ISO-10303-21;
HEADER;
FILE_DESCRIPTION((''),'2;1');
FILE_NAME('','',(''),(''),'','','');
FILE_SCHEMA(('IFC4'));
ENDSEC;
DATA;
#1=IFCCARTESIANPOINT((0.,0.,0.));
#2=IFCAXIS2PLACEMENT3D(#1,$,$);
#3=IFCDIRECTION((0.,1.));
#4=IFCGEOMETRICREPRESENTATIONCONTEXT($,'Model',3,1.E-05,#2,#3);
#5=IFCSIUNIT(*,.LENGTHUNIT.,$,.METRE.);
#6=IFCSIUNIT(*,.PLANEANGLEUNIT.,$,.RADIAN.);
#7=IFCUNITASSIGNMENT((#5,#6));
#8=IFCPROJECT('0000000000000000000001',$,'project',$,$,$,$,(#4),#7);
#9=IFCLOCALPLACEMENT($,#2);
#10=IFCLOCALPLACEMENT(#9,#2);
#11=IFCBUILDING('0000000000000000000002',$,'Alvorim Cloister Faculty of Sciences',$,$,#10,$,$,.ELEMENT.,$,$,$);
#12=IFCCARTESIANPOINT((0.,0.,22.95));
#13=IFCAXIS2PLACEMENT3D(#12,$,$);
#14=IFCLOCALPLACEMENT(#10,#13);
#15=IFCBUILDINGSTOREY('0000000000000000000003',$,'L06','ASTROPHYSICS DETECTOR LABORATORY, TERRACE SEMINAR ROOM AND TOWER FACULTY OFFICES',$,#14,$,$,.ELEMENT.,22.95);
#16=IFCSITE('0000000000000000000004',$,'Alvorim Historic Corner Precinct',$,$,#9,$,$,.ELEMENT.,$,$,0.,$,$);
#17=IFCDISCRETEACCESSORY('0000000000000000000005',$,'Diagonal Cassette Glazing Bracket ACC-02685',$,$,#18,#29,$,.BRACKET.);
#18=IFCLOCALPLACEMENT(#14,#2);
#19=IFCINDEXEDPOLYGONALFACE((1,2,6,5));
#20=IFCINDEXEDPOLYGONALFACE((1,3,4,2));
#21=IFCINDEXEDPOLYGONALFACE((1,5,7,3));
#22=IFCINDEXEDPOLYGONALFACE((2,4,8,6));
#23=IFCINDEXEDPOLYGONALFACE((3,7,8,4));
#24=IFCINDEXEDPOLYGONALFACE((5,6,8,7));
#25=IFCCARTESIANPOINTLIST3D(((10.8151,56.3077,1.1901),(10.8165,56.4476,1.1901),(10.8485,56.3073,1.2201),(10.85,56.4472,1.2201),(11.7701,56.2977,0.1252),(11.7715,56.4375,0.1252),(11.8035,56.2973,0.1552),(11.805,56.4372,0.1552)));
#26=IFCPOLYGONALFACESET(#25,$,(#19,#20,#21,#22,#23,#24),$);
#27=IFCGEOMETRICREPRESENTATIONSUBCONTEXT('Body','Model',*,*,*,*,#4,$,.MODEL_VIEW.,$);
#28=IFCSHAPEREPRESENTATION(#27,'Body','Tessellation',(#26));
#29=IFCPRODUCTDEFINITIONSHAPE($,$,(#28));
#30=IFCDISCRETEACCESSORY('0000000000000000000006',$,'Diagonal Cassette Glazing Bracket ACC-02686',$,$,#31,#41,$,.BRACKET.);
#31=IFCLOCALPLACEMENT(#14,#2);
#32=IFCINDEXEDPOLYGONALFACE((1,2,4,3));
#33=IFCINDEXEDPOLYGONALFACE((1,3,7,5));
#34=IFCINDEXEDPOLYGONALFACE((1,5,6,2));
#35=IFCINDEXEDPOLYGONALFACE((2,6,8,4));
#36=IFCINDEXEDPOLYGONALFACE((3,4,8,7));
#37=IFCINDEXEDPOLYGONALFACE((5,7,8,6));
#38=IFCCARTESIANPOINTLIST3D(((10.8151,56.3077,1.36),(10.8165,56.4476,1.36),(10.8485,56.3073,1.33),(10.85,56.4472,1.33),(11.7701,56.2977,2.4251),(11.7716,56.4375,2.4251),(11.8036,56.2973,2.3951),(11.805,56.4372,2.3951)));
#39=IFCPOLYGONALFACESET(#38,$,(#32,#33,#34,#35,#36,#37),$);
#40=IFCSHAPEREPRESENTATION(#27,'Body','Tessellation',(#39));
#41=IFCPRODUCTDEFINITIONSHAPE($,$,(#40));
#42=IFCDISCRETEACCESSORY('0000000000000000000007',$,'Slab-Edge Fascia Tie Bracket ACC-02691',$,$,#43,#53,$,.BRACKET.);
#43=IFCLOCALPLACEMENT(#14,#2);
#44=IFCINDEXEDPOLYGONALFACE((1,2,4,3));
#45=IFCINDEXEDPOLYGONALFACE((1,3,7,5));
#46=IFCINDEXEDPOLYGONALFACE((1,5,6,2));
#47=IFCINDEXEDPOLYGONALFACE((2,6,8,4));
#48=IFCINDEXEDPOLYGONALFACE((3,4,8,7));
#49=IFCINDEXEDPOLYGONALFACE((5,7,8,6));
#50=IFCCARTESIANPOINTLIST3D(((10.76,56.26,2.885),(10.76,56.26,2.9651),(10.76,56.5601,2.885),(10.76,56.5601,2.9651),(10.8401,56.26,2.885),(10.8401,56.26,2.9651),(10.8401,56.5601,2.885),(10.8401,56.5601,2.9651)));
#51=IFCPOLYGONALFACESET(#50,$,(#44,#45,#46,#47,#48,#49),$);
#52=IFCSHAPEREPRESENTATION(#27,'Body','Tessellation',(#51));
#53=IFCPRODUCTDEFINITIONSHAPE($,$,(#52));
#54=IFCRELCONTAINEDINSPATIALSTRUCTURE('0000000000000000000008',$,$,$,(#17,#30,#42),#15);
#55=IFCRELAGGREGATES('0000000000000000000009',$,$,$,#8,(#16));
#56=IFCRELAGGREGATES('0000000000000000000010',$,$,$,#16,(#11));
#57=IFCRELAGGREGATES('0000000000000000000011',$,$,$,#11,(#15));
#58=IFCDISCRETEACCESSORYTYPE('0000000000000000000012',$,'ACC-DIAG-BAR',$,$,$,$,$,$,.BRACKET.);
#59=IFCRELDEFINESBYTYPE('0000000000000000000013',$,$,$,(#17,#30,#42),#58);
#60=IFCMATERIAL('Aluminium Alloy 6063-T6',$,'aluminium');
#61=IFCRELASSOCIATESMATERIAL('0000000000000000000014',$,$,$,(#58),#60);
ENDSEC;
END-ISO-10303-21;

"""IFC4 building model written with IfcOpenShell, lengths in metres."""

from ifc_helpers import new_model, si_unit, direction, frame, origin, origin_2d, place, context, subcontext, project, spatial, rectangle, extrude, material, type_object, element, save


model = new_model("IFC4")

# Units and contexts
model_context = context("Model", 3, precision=1e-05, world=origin(), true_north=direction((0.0, 1.0)))
body_context = subcontext(model_context, "Body", "Model", "MODEL_VIEW")
ifc_project = project(units=[si_unit("LENGTHUNIT", "METRE"), si_unit("PLANEANGLEUNIT", "RADIAN")], contexts=[model_context])

# Site, building, storey
site_placement = place(None, origin())
site = spatial("IfcSite", under=ifc_project, at=site_placement, Name="Alvorim Historic Corner Precinct", CompositionType="ELEMENT", RefElevation=0.0)
building_placement = place(site_placement, origin())
building = spatial("IfcBuilding", under=site, at=building_placement, Name="Alvorim Cloister Faculty of Sciences", CompositionType="ELEMENT")
storey_placement = place(building_placement, frame((0.0, 0.0, 22.95)))
storey = spatial("IfcBuildingStorey", under=building, at=storey_placement, Name="L06", Description="ASTROPHYSICS DETECTOR LABORATORY, TERRACE SEMINAR ROOM AND TOWER FACULTY OFFICES", CompositionType="ELEMENT", Elevation=22.95)

# Shared definitions
ifc_material_1 = material(Name="Aluminium Alloy 6063-T6", Category="aluminium")

# Discrete accessories
discrete_accessory_type = type_object("IfcDiscreteAccessoryType", Name="ACC-DIAG-BAR", PredefinedType="BRACKET", material=ifc_material_1)
discrete_accessory_1_placement = place(storey_placement, frame((10.8325, 56.3774, 1.2051), z_axis=(0.667646, -0.006997, -0.744446), x_axis=(0.01048, 0.999945, 0.0)))
element("IfcDiscreteAccessory", 1, at=discrete_accessory_1_placement, inside=storey, type_object=discrete_accessory_type, Name="Diagonal Cassette Glazing Bracket ACC-02685", PredefinedType="BRACKET", context=body_context, shape_type="SweptSolid", body=[
    extrude(rectangle(XDim=0.1399, YDim=0.0449, at=origin_2d()), origin(), (0.0, 0.0, 1.0), 1.4304),
])
discrete_accessory_2_placement = place(storey_placement, frame((10.8325, 56.3774, 1.345), z_axis=(0.667561, -0.006996, 0.744522), x_axis=(0.01048, 0.999945, 0.0)))
element("IfcDiscreteAccessory", 2, at=discrete_accessory_2_placement, inside=storey, type_object=discrete_accessory_type, Name="Diagonal Cassette Glazing Bracket ACC-02686", PredefinedType="BRACKET", context=body_context, shape_type="SweptSolid", body=[
    extrude(rectangle(XDim=0.1399, YDim=0.0449, at=origin_2d()), origin(), (0.0, 0.0, 1.0), 1.4307),
])
discrete_accessory_3_placement = place(storey_placement, frame((10.8, 56.26, 2.925), z_axis=(0.0, 1.0, 0.0), x_axis=(-1.0, 0.0, 0.0)))
element("IfcDiscreteAccessory", 3, at=discrete_accessory_3_placement, inside=storey, type_object=discrete_accessory_type, Name="Slab-Edge Fascia Tie Bracket ACC-02691", PredefinedType="BRACKET", context=body_context, shape_type="SweptSolid", body=[
    extrude(rectangle(XDim=0.0801, YDim=0.0801, at=origin_2d()), origin(), (0.0, 0.0, 1.0), 0.3),
])

save(model, "model.ifc")
